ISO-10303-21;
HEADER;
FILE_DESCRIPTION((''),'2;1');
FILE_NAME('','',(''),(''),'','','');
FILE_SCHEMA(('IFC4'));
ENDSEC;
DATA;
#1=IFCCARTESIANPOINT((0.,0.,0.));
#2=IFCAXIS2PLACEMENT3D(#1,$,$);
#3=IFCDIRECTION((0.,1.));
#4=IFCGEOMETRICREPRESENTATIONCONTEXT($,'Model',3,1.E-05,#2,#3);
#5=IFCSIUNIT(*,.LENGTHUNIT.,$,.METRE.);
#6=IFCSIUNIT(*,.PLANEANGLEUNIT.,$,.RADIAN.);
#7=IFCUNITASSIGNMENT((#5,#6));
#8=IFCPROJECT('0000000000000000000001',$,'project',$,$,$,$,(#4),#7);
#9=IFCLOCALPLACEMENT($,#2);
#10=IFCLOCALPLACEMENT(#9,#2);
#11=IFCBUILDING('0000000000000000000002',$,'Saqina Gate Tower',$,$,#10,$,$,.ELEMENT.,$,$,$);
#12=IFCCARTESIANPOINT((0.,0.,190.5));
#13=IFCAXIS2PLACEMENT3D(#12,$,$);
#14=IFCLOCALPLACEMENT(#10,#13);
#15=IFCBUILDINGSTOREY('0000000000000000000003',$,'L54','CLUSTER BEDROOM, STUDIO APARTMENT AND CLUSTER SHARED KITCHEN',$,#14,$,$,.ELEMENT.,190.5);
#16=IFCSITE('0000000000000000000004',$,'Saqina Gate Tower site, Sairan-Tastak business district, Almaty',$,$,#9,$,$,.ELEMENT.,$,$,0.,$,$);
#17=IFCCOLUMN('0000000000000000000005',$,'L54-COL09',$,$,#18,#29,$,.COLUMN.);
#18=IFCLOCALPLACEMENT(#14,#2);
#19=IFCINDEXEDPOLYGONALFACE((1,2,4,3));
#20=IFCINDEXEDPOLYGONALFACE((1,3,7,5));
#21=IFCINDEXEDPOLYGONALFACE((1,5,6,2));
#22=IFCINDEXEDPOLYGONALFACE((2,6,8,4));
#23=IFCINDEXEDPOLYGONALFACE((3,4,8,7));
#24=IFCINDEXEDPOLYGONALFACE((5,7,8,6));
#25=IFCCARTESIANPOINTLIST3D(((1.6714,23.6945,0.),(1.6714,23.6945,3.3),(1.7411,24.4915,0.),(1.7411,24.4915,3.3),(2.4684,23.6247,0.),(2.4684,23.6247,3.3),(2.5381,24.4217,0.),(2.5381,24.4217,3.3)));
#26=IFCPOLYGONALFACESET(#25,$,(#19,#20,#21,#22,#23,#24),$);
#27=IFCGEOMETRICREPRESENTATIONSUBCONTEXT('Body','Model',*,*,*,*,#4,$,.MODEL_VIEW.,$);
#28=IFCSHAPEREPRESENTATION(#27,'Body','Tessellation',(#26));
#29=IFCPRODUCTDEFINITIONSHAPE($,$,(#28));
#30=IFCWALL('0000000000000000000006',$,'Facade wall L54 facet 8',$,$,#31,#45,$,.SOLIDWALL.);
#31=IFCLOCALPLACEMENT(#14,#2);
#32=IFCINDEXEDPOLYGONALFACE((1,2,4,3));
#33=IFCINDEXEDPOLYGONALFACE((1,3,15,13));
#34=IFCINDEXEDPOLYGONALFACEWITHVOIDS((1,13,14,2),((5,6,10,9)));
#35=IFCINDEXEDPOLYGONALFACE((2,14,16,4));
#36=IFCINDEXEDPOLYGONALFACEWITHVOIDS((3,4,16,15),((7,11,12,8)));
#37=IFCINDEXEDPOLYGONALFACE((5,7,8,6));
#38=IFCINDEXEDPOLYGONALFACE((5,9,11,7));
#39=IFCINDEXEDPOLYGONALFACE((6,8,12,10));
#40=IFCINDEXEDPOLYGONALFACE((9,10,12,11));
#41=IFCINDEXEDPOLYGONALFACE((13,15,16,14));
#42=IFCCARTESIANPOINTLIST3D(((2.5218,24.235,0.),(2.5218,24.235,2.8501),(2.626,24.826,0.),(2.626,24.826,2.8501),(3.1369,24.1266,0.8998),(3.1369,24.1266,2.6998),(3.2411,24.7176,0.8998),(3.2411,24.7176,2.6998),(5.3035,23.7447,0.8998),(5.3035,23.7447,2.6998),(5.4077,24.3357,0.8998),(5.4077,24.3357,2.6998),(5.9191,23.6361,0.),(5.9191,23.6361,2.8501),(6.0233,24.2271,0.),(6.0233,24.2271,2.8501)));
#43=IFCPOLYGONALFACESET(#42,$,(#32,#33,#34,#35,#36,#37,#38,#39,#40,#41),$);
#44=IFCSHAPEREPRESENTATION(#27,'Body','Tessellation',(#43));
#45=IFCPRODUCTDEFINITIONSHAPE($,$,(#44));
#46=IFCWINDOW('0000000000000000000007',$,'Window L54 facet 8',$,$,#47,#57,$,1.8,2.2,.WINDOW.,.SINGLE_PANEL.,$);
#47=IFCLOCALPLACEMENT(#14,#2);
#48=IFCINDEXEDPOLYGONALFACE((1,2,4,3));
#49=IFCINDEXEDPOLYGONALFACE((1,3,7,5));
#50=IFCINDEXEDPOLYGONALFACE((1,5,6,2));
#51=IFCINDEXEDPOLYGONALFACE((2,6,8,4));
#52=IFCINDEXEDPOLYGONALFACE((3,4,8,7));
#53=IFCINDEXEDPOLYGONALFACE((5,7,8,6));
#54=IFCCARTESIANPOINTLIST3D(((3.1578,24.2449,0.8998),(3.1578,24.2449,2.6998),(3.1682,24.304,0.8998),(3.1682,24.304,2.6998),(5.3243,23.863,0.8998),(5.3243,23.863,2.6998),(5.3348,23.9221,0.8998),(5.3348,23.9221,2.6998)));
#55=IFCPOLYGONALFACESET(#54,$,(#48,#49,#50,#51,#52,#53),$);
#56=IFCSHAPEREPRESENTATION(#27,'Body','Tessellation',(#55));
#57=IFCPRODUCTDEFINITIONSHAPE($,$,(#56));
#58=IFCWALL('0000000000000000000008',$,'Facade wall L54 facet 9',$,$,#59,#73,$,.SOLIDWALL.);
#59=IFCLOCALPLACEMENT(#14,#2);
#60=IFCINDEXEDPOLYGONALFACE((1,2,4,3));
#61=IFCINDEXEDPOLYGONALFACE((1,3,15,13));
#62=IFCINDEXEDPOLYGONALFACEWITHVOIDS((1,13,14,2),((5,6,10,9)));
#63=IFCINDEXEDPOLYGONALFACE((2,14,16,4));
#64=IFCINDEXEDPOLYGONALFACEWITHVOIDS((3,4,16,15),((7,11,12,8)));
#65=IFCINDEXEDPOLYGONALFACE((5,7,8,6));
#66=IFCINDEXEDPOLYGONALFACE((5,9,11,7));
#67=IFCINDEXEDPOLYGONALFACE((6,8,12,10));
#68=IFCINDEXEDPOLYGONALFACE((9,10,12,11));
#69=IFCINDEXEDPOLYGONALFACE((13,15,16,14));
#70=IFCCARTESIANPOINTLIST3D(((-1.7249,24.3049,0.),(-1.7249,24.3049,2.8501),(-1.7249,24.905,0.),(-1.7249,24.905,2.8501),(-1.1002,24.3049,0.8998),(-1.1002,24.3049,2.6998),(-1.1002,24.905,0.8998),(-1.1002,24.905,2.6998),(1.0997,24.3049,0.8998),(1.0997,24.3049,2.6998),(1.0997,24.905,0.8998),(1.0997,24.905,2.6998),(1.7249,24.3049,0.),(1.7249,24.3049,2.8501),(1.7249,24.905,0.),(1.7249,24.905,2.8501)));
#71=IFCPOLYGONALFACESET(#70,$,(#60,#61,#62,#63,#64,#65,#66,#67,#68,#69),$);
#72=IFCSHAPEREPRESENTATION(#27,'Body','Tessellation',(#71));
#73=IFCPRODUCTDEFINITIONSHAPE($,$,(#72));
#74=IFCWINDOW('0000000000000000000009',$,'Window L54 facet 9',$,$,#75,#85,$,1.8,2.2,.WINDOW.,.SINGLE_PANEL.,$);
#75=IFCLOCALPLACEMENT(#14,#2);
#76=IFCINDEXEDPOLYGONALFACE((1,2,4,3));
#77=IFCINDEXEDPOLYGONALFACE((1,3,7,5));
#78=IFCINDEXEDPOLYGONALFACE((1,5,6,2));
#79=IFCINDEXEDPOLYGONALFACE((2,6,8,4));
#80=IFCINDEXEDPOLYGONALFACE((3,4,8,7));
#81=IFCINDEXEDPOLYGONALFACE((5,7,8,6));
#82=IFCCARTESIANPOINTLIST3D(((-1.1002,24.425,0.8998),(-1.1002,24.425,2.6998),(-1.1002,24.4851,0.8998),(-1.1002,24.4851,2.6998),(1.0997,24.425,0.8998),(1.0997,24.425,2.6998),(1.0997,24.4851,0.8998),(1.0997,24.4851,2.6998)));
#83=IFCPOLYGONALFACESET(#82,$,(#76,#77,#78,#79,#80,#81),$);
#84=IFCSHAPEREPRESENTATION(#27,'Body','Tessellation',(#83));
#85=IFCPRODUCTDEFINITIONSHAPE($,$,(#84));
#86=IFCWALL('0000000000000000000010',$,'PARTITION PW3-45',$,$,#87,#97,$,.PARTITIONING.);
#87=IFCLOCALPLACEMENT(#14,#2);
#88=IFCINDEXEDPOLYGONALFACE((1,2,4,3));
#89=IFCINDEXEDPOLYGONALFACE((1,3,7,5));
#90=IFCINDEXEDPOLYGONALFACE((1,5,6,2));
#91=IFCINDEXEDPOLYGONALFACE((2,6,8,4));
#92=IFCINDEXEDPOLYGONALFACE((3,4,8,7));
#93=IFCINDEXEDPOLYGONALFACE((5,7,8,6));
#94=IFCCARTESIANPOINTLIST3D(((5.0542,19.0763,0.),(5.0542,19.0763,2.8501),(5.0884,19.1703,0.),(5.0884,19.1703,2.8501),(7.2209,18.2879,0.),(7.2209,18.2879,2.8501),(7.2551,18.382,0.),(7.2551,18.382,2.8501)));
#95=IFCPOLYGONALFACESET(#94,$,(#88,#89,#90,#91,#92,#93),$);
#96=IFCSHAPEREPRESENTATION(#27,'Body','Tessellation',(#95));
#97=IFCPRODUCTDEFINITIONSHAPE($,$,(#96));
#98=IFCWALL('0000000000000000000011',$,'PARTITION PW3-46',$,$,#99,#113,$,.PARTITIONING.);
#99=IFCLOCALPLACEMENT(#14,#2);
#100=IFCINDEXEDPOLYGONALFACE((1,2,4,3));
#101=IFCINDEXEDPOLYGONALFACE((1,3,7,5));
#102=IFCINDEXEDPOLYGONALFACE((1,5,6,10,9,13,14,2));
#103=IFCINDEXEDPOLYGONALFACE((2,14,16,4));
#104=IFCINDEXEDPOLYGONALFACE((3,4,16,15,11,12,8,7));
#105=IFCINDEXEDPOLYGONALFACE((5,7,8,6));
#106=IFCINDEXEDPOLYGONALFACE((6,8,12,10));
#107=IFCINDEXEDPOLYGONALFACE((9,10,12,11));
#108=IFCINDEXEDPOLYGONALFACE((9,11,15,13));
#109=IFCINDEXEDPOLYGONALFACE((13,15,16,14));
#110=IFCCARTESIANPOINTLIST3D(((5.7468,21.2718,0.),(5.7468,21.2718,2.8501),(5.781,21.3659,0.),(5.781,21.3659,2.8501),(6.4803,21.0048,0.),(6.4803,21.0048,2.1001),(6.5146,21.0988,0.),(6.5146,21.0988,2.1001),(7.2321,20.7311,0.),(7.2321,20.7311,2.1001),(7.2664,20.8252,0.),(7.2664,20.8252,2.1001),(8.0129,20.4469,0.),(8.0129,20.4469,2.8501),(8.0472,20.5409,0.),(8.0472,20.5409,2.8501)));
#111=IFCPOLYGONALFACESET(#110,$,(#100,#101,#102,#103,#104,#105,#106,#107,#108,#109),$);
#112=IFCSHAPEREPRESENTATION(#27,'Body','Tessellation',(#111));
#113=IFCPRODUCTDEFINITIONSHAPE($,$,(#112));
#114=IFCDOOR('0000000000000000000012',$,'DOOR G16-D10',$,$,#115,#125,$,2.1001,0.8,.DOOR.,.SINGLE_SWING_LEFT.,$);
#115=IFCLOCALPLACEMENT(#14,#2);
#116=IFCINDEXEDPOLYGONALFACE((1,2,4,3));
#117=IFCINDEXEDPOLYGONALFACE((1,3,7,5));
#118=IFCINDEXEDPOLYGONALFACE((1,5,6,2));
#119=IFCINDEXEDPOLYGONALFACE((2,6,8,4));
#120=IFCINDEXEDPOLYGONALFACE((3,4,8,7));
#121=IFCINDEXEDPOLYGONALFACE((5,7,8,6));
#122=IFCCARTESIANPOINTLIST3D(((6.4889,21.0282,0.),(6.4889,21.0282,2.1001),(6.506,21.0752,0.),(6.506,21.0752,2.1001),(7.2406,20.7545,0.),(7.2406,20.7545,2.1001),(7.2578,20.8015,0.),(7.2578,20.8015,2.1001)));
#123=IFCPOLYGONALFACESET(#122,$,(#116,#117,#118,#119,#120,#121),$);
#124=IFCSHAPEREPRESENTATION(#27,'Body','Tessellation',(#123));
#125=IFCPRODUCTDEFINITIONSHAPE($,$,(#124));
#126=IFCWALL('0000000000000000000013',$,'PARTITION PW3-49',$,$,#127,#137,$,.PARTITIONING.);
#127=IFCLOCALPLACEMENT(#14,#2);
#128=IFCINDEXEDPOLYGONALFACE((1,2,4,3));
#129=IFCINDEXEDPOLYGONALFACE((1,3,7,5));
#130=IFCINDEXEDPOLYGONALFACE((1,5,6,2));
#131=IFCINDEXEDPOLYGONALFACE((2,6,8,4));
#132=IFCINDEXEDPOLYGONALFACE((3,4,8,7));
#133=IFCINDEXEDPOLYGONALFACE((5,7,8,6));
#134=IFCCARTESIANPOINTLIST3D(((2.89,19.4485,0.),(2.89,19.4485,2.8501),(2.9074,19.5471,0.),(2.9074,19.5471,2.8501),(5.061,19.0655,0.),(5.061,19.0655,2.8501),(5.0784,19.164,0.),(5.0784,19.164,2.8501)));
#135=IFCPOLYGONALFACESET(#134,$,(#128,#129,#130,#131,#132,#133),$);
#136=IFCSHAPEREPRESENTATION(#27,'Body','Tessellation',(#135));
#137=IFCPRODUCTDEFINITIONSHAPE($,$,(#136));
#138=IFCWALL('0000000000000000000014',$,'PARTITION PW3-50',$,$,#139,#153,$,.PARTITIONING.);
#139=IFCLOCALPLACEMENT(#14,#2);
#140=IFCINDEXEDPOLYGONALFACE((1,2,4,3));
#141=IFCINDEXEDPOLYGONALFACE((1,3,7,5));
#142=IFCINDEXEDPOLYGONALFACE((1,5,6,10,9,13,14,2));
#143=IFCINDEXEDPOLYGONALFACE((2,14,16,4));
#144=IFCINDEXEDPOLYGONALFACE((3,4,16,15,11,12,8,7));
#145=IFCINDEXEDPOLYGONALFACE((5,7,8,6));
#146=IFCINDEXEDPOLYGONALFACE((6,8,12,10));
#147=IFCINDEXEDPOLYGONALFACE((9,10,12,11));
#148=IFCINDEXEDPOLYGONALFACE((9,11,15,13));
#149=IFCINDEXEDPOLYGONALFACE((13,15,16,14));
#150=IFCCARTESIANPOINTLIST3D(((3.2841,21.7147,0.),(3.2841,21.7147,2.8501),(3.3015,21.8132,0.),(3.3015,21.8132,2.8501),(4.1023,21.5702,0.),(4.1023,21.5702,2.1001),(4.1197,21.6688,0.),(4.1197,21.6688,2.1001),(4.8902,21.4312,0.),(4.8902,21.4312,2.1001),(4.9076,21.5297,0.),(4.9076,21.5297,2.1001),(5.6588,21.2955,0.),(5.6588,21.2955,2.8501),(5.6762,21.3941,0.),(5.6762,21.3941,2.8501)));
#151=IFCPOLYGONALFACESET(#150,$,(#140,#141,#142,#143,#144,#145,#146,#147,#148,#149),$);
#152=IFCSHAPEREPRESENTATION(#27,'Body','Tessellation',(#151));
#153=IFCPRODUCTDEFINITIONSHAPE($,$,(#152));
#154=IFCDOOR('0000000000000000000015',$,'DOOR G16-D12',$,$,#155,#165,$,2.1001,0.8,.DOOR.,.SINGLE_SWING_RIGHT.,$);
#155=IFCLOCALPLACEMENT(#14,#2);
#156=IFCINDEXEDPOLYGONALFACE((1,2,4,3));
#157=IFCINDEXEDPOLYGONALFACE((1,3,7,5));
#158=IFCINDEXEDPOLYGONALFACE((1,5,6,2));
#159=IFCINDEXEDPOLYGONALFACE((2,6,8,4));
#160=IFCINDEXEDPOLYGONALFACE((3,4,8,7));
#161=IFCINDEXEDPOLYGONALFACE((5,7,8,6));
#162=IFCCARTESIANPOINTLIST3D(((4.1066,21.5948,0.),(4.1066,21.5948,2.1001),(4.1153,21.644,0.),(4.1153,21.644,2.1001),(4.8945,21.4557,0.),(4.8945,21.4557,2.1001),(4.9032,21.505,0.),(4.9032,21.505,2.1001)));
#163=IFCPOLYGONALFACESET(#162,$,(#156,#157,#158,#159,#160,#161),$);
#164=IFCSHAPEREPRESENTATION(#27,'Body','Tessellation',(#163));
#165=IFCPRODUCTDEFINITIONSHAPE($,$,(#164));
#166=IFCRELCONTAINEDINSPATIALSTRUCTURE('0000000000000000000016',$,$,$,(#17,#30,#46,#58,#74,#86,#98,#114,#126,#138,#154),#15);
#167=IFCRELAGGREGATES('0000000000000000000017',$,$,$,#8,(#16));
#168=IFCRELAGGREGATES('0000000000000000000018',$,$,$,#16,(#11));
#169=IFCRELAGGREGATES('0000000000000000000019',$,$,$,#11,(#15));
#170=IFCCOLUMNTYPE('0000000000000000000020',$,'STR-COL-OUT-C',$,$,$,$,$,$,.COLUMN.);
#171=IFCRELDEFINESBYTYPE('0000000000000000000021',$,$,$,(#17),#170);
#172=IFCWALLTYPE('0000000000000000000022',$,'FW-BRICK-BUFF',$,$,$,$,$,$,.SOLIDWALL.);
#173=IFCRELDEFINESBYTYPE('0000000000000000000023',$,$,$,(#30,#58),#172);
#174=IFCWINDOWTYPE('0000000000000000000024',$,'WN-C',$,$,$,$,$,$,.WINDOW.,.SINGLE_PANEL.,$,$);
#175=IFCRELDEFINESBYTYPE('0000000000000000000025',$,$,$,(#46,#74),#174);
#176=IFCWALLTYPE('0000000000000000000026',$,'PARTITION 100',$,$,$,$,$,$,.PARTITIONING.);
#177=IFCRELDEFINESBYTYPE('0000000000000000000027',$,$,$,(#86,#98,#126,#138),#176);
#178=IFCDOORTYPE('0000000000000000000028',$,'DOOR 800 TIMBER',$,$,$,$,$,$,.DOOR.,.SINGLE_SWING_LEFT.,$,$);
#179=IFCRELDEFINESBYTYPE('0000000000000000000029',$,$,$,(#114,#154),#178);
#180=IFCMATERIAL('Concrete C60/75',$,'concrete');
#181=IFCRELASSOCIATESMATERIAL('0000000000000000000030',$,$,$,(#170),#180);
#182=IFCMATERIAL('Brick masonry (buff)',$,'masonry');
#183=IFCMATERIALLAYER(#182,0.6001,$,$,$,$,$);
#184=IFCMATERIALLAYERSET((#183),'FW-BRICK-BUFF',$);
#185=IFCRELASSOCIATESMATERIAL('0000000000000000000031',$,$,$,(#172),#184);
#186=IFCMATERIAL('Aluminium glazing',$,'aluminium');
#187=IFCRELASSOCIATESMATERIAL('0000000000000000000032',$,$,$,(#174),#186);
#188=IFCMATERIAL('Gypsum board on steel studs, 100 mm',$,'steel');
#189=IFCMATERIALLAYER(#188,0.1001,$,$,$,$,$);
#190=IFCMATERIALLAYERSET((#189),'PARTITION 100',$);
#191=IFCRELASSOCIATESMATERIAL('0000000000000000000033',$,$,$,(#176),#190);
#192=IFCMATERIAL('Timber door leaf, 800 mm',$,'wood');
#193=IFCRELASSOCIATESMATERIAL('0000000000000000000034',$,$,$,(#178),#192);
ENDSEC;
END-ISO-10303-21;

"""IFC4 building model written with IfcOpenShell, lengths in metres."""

from ifc_helpers import new_model, si_unit, direction, frame, frame_2d, origin, origin_2d, place, context, subcontext, project, spatial, rectangle, extrude, material, layer, layer_set, material_profile, profile_set, type_object, element, fill, save


model = new_model("IFC4")

# Units and contexts
model_context = context("Model", 3, precision=1e-05, world=origin(), true_north=direction((0.0, 1.0)))
body_context = subcontext(model_context, "Body", "Model", "MODEL_VIEW")
ifc_project = project(units=[si_unit("LENGTHUNIT", "METRE"), si_unit("PLANEANGLEUNIT", "RADIAN")], contexts=[model_context])

# Site, building, storey
site_placement = place(None, origin())
site = spatial("IfcSite", under=ifc_project, at=site_placement, Name="Saqina Gate Tower site, Sairan-Tastak business district, Almaty", CompositionType="ELEMENT", RefElevation=0.0)
building_placement = place(site_placement, origin())
building = spatial("IfcBuilding", under=site, at=building_placement, Name="Saqina Gate Tower", CompositionType="ELEMENT")
storey_placement = place(building_placement, frame((0.0, 0.0, 190.5)))
storey = spatial("IfcBuildingStorey", under=building, at=storey_placement, Name="L54", Description="CLUSTER BEDROOM, STUDIO APARTMENT AND CLUSTER SHARED KITCHEN", CompositionType="ELEMENT", Elevation=190.5)

# Column
ifc_material_1 = material(Name="Concrete C60/75", Category="concrete")
ifc_material_profile = material_profile(ifc_material_1, rectangle(XDim=0.8, YDim=0.8, at=origin_2d()), Name="RC 800x800")
ifc_profile_set = profile_set([ifc_material_profile], Name="Concrete C60/75")
column_type = type_object("IfcColumnType", Name="STR-COL-OUT-C", PredefinedType="COLUMN", material=ifc_profile_set)
column_placement = place(storey_placement, frame((2.1047, 24.0581, 0.0), z_axis=(0.0, 0.0, 1.0), x_axis=(0.087156, 0.996195, 0.0)))
element("IfcColumn", 1, at=column_placement, inside=storey, type_object=column_type, Name="L54-COL09", PredefinedType="COLUMN", context=body_context, shape_type="SweptSolid", body=[
    extrude(rectangle(XDim=0.8, YDim=0.8, at=origin_2d()), origin(), (0.0, 0.0, 1.0), 3.3),
])

# Walls, openings, windows
ifc_material_2 = material(Name="Brick masonry (buff)", Category="masonry")
ifc_layer_1 = layer(ifc_material_2, 0.6001)
ifc_layer_set_1 = layer_set([ifc_layer_1], Name="FW-BRICK-BUFF")
wall_type_1 = type_object("IfcWallType", Name="FW-BRICK-BUFF", PredefinedType="SOLIDWALL", material=ifc_layer_set_1)
wall_1_placement = place(storey_placement, frame((5.9712, 23.9316, 0.0), z_axis=(0.0, 0.0, 1.0), x_axis=(-0.984815, 0.173608, 0.0)))
wall_1 = element("IfcWall", 2, at=wall_1_placement, inside=storey, type_object=wall_type_1, Name="Facade wall L54 facet 8", PredefinedType="SOLIDWALL", context=body_context, shape_type="SweptSolid", body=[
    extrude(rectangle(XDim=3.4497, YDim=0.6001, at=frame_2d((1.7249, 0.0))), origin(), (0.0, 0.0, 1.0), 2.8501),
])
opening_1_placement = place(wall_1_placement, frame((0.625, 0.0, 0.8999)))
opening_1 = element("IfcOpeningElement", 3, at=opening_1_placement, cuts=wall_1, PredefinedType="OPENING", context=body_context, shape_type="SweptSolid", body=[
    extrude(rectangle(XDim=2.2, YDim=1.8, at=frame_2d((1.1001, 0.8999))), frame((0.0, 0.312, 0.0), z_axis=(0.0, -1.0, 0.0), x_axis=(1.0, 0.0, 0.0)), (0.0, 0.0, 1.0), 0.624),
])
ifc_material_3 = material(Name="Aluminium glazing", Category="aluminium")
window_type = type_object("IfcWindowType", Name="WN-C", PartitioningType="SINGLE_PANEL", PredefinedType="WINDOW", material=ifc_material_3)
window_1_placement = place(opening_1_placement, origin())
window_1 = element("IfcWindow", 4, at=window_1_placement, inside=storey, type_object=window_type, Name="Window L54 facet 8", OverallHeight=1.8, OverallWidth=2.2, PartitioningType="SINGLE_PANEL", PredefinedType="WINDOW", context=body_context, shape_type="SweptSolid", body=[
    extrude(rectangle(XDim=2.2, YDim=1.8, at=frame_2d((1.1001, 0.8999))), frame((0.0, 0.1799, 0.0), z_axis=(0.0, -1.0, 0.0), x_axis=(1.0, 0.0, 0.0)), (0.0, 0.0, 1.0), 0.0601),
])
fill(opening_1, window_1)
wall_2_placement = place(storey_placement, frame((1.7249, 24.605, 0.0), z_axis=(0.0, 0.0, 1.0), x_axis=(-1.0, 0.0, 0.0)))
wall_2 = element("IfcWall", 5, at=wall_2_placement, inside=storey, type_object=wall_type_1, Name="Facade wall L54 facet 9", PredefinedType="SOLIDWALL", context=body_context, shape_type="SweptSolid", body=[
    extrude(rectangle(XDim=3.4497, YDim=0.6001, at=frame_2d((1.7249, 0.0))), origin(), (0.0, 0.0, 1.0), 2.8501),
])
opening_2_placement = place(wall_2_placement, frame((0.625, 0.0, 0.8999)))
opening_2 = element("IfcOpeningElement", 6, at=opening_2_placement, cuts=wall_2, PredefinedType="OPENING", context=body_context, shape_type="SweptSolid", body=[
    extrude(rectangle(XDim=2.2, YDim=1.8, at=frame_2d((1.1001, 0.8999))), frame((0.0, 0.312, 0.0), z_axis=(0.0, -1.0, 0.0), x_axis=(1.0, 0.0, 0.0)), (0.0, 0.0, 1.0), 0.624),
])
window_2_placement = place(opening_2_placement, origin())
window_2 = element("IfcWindow", 7, at=window_2_placement, inside=storey, type_object=window_type, Name="Window L54 facet 9", OverallHeight=1.8, OverallWidth=2.2, PartitioningType="SINGLE_PANEL", PredefinedType="WINDOW", context=body_context, shape_type="SweptSolid", body=[
    extrude(rectangle(XDim=2.2, YDim=1.8, at=frame_2d((1.1001, 0.8999))), frame((0.0, 0.1799, 0.0), z_axis=(0.0, -1.0, 0.0), x_axis=(1.0, 0.0, 0.0)), (0.0, 0.0, 1.0), 0.0601),
])
fill(opening_2, window_2)

# Wall
ifc_material_4 = material(Name="Gypsum board on steel studs, 100 mm", Category="steel")
ifc_layer_2 = layer(ifc_material_4, 0.1001)
ifc_layer_set_2 = layer_set([ifc_layer_2], Name="PARTITION 100")
wall_type_2 = type_object("IfcWallType", Name="PARTITION 100", PredefinedType="PARTITIONING", material=ifc_layer_set_2)
wall_3_placement = place(storey_placement, frame((5.0713, 19.1233, 0.0), z_axis=(0.0, 0.0, 1.0), x_axis=(0.939735, -0.341905, 0.0)))
element("IfcWall", 8, at=wall_3_placement, inside=storey, type_object=wall_type_2, Name="PARTITION PW3-45", PredefinedType="PARTITIONING", context=body_context, shape_type="SweptSolid", body=[
    extrude(rectangle(XDim=2.3057, YDim=0.1001, at=frame_2d((1.1528, 0.0))), origin(), (0.0, 0.0, 1.0), 2.8501),
])

# Wall, opening, door
wall_4_placement = place(storey_placement, frame((5.7639, 21.3188, 0.0), z_axis=(0.0, 0.0, 1.0), x_axis=(0.939672, -0.342076, 0.0)))
wall_4 = element("IfcWall", 9, at=wall_4_placement, inside=storey, type_object=wall_type_2, Name="PARTITION PW3-46", PredefinedType="PARTITIONING", context=body_context, shape_type="SweptSolid", body=[
    extrude(rectangle(XDim=2.4116, YDim=0.1001, at=frame_2d((1.2058, 0.0))), origin(), (0.0, 0.0, 1.0), 2.8501),
])
opening_3_placement = place(wall_4_placement, frame((0.7808, 0.0, 0.0)))
opening_3 = element("IfcOpeningElement", 10, at=opening_3_placement, cuts=wall_4, PredefinedType="OPENING", context=body_context, shape_type="SweptSolid", body=[
    extrude(rectangle(XDim=0.8, YDim=2.1001, at=frame_2d((0.3999, 1.05))), frame((0.0, 0.062, 0.0), z_axis=(0.0, -1.0, 0.0), x_axis=(1.0, 0.0, 0.0)), (0.0, 0.0, 1.0), 0.124),
])
ifc_material_5 = material(Name="Timber door leaf, 800 mm", Category="wood")
door_type_1 = type_object("IfcDoorType", Name="DOOR 800 TIMBER", OperationType="SINGLE_SWING_LEFT", PredefinedType="DOOR", material=ifc_material_5)
door_1_placement = place(opening_3_placement, origin())
door_1 = element("IfcDoor", 11, at=door_1_placement, inside=storey, type_object=door_type_1, Name="DOOR G16-D10", OperationType="SINGLE_SWING_LEFT", OverallHeight=2.1001, OverallWidth=0.8, PredefinedType="DOOR", context=body_context, shape_type="SweptSolid", body=[
    extrude(rectangle(XDim=0.8, YDim=2.1001, at=frame_2d((0.3999, 1.05))), frame((0.0, 0.0249, 0.0), z_axis=(0.0, -1.0, 0.0), x_axis=(1.0, 0.0, 0.0)), (0.0, 0.0, 1.0), 0.05),
])
fill(opening_3, door_1)

# Wall
wall_5_placement = place(storey_placement, frame((2.8987, 19.4978, 0.0), z_axis=(0.0, 0.0, 1.0), x_axis=(0.98479, -0.173747, 0.0)))
element("IfcWall", 12, at=wall_5_placement, inside=storey, type_object=wall_type_2, Name="PARTITION PW3-49", PredefinedType="PARTITIONING", context=body_context, shape_type="SweptSolid", body=[
    extrude(rectangle(XDim=2.2046, YDim=0.1001, at=frame_2d((1.1023, 0.0))), origin(), (0.0, 0.0, 1.0), 2.8501),
])

# Wall, opening, door
wall_6_placement = place(storey_placement, frame((3.293, 21.7639, 0.0), z_axis=(0.0, 0.0, 1.0), x_axis=(0.984775, -0.173832, 0.0)))
wall_6 = element("IfcWall", 13, at=wall_6_placement, inside=storey, type_object=wall_type_2, Name="PARTITION PW3-50", PredefinedType="PARTITIONING", context=body_context, shape_type="SweptSolid", body=[
    extrude(rectangle(XDim=2.4114, YDim=0.1001, at=frame_2d((1.2056, 0.0))), origin(), (0.0, 0.0, 1.0), 2.8501),
])
opening_4_placement = place(wall_6_placement, frame((0.8308, 0.0, 0.0)))
opening_4 = element("IfcOpeningElement", 14, at=opening_4_placement, cuts=wall_6, PredefinedType="OPENING", context=body_context, shape_type="SweptSolid", body=[
    extrude(rectangle(XDim=0.8, YDim=2.1001, at=frame_2d((0.3999, 1.05))), frame((0.0, 0.062, 0.0), z_axis=(0.0, -1.0, 0.0), x_axis=(1.0, 0.0, 0.0)), (0.0, 0.0, 1.0), 0.124),
])
door_2_placement = place(opening_4_placement, origin())
door_2 = element("IfcDoor", 15, at=door_2_placement, inside=storey, type_object=door_type_1, Name="DOOR G16-D12", OperationType="SINGLE_SWING_RIGHT", OverallHeight=2.1001, OverallWidth=0.8, PredefinedType="DOOR", context=body_context, shape_type="SweptSolid", body=[
    extrude(rectangle(XDim=0.8, YDim=2.1001, at=frame_2d((0.3999, 1.05))), frame((0.0, 0.0249, 0.0), z_axis=(0.0, -1.0, 0.0), x_axis=(1.0, 0.0, 0.0)), (0.0, 0.0, 1.0), 0.05),
])
fill(opening_4, door_2)

save(model, "model.ifc")
